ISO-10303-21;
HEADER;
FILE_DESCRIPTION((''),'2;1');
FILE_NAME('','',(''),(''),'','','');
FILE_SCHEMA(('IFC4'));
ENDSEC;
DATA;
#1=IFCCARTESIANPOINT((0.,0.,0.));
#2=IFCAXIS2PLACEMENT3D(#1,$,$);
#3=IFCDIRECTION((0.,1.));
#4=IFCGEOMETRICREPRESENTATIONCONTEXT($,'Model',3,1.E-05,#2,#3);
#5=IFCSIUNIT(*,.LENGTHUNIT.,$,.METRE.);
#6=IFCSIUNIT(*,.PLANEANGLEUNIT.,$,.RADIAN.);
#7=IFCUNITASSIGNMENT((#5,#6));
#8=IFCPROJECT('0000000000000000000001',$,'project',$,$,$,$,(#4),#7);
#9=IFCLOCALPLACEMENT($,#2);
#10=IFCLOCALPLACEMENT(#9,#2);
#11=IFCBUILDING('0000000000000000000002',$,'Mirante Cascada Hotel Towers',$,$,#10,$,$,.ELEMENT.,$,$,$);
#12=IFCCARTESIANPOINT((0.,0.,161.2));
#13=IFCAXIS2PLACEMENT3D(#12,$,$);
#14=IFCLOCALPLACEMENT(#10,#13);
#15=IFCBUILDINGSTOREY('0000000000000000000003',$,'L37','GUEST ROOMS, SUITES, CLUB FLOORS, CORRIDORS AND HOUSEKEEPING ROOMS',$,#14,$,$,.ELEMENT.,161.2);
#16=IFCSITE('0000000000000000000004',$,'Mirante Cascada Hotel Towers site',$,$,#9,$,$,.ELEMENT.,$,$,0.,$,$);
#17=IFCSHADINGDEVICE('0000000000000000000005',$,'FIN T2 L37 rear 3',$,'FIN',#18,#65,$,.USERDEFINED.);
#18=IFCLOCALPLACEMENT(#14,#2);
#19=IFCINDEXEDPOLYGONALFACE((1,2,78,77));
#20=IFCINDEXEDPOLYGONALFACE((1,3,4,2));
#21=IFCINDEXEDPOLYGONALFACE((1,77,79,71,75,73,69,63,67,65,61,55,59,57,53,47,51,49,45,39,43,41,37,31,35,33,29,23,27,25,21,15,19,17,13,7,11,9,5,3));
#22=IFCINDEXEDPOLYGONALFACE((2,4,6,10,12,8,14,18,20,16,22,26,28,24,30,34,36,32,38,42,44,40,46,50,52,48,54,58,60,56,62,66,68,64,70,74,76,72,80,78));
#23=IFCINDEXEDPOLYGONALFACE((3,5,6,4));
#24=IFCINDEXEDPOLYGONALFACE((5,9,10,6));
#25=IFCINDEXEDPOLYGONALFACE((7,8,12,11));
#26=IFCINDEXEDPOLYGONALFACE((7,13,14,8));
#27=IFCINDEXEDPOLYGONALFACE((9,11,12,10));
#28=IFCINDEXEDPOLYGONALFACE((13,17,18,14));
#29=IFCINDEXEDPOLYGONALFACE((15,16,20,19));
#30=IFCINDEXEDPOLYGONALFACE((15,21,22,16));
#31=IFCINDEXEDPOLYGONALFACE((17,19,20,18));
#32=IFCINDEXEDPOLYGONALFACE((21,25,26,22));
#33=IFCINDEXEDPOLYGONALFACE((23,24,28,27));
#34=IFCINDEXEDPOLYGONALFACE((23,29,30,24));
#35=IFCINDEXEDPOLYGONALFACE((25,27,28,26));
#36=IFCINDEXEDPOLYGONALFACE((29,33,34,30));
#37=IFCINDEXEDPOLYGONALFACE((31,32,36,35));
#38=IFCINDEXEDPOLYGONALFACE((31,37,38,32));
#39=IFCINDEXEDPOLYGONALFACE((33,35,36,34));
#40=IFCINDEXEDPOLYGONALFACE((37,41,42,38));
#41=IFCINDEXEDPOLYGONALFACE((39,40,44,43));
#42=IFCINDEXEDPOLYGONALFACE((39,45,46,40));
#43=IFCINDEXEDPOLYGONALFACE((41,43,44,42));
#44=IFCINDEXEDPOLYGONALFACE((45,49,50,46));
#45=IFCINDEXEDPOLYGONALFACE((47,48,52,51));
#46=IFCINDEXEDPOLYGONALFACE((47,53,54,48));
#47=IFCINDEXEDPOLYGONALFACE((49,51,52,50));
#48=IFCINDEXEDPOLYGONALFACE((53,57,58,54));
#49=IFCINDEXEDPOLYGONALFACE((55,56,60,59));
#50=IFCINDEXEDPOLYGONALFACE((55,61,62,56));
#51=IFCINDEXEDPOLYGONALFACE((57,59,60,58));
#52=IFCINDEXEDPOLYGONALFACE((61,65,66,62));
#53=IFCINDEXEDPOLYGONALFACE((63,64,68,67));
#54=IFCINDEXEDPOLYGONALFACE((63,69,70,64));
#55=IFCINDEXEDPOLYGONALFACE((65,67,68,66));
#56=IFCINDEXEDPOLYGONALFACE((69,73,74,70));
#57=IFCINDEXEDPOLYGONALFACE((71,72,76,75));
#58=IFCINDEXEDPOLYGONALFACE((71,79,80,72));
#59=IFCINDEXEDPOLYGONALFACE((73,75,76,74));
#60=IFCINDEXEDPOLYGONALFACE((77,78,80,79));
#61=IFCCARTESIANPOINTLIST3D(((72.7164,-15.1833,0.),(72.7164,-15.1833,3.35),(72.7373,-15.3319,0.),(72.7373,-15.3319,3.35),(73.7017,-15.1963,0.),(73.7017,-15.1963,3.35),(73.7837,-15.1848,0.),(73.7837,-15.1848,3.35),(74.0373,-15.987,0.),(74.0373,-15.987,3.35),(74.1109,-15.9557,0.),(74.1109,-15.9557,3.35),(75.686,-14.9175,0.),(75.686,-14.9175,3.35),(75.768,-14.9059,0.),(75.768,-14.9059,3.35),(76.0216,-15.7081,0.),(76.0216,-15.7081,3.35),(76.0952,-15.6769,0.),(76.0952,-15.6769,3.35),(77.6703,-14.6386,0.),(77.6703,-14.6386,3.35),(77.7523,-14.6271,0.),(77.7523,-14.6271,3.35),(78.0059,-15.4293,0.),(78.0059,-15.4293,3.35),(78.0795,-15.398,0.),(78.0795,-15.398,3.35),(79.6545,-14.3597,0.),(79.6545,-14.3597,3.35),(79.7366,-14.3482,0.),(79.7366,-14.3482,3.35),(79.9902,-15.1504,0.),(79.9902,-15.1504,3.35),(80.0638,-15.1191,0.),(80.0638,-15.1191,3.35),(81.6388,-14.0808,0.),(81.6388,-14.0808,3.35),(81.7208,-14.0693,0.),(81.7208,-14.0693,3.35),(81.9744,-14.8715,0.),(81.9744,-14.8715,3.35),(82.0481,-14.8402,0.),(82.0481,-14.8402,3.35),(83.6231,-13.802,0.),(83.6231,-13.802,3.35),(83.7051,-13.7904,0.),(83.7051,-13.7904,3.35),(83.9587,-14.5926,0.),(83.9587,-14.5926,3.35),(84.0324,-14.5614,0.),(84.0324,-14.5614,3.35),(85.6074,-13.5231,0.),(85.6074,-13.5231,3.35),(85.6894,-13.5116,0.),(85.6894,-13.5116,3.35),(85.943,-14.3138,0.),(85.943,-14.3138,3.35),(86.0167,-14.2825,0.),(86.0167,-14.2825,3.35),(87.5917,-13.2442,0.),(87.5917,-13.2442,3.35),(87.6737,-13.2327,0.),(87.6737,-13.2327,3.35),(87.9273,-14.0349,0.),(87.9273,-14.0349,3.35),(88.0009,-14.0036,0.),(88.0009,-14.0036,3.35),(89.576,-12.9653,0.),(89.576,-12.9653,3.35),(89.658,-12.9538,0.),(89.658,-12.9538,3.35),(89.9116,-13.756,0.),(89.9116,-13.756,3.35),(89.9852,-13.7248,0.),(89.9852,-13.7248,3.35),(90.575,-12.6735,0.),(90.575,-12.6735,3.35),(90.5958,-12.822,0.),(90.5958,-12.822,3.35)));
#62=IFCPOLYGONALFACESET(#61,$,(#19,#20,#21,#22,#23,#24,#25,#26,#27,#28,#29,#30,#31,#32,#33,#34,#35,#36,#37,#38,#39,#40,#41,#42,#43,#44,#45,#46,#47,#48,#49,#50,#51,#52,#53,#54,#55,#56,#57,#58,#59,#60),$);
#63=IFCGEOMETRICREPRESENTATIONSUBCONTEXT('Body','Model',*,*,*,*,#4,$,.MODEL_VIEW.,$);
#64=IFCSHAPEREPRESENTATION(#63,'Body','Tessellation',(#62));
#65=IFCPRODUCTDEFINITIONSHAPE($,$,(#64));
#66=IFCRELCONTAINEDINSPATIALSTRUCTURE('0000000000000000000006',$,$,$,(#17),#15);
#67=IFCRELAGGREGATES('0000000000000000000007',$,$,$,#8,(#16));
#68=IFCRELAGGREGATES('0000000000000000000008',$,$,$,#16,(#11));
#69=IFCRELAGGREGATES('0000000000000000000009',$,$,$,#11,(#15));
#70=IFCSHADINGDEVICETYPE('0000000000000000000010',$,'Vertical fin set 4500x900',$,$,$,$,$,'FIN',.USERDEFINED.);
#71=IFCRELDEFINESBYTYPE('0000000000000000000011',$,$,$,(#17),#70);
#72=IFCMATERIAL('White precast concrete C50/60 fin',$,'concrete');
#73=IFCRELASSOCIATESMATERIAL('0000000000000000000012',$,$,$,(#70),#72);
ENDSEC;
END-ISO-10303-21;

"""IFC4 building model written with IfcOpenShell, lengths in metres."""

from ifc_helpers import new_model, si_unit, direction, frame, origin, place, context, subcontext, project, spatial, polyline, outline, extrude, material, type_object, element, save


model = new_model("IFC4")

# Units and contexts
model_context = context("Model", 3, precision=1e-05, world=origin(), true_north=direction((0.0, 1.0)))
body_context = subcontext(model_context, "Body", "Model", "MODEL_VIEW")
ifc_project = project(units=[si_unit("LENGTHUNIT", "METRE"), si_unit("PLANEANGLEUNIT", "RADIAN")], contexts=[model_context])

# Site, building, storey
site_placement = place(None, origin())
site = spatial("IfcSite", under=ifc_project, at=site_placement, Name="Mirante Cascada Hotel Towers site", CompositionType="ELEMENT", RefElevation=0.0)
building_placement = place(site_placement, origin())
building = spatial("IfcBuilding", under=site, at=building_placement, Name="Mirante Cascada Hotel Towers", CompositionType="ELEMENT")
storey_placement = place(building_placement, frame((0.0, 0.0, 161.2)))
storey = spatial("IfcBuildingStorey", under=building, at=storey_placement, Name="L37", Description="GUEST ROOMS, SUITES, CLUB FLOORS, CORRIDORS AND HOUSEKEEPING ROOMS", CompositionType="ELEMENT", Elevation=161.2)

# Shading device
ifc_material_1 = material(Name="White precast concrete C50/60 fin", Category="concrete")
shading_device_type = type_object("IfcShadingDeviceType", Name="Vertical fin set 4500x900", ElementType="FIN", PredefinedType="USERDEFINED", material=ifc_material_1)
shading_device_1_placement = place(storey_placement, origin())
element("IfcShadingDevice", 1, at=shading_device_1_placement, inside=storey, type_object=shading_device_type, Name="FIN T2 L37 rear 3", ObjectType="FIN", PredefinedType="USERDEFINED", context=body_context, shape_type="SweptSolid", body=[
    extrude(outline(polyline([(74.0373, -15.987), (73.7017, -15.1963), (72.7373, -15.3319), (72.7164, -15.1833), (90.575, -12.6735), (90.5958, -12.822), (89.658, -12.9538), (89.9852, -13.7248), (89.9116, -13.756), (89.576, -12.9653), (87.6737, -13.2327), (88.0009, -14.0036), (87.9273, -14.0349), (87.5917, -13.2442), (85.6894, -13.5116), (86.0167, -14.2825), (85.943, -14.3138), (85.6074, -13.5231), (83.7051, -13.7904), (84.0324, -14.5614), (83.9587, -14.5926), (83.6231, -13.802), (81.7208, -14.0693), (82.0481, -14.8402), (81.9744, -14.8715), (81.6388, -14.0808), (79.7366, -14.3482), (80.0638, -15.1191), (79.9902, -15.1504), (79.6545, -14.3597), (77.7523, -14.6271), (78.0795, -15.398), (78.0059, -15.4293), (77.6703, -14.6386), (75.768, -14.9059), (76.0952, -15.6769), (76.0216, -15.7081), (75.686, -14.9175), (73.7837, -15.1848), (74.1109, -15.9557), (74.0373, -15.987)])), origin(), (0.0, 0.0, 1.0), 3.35),
])

save(model, "model.ifc")
